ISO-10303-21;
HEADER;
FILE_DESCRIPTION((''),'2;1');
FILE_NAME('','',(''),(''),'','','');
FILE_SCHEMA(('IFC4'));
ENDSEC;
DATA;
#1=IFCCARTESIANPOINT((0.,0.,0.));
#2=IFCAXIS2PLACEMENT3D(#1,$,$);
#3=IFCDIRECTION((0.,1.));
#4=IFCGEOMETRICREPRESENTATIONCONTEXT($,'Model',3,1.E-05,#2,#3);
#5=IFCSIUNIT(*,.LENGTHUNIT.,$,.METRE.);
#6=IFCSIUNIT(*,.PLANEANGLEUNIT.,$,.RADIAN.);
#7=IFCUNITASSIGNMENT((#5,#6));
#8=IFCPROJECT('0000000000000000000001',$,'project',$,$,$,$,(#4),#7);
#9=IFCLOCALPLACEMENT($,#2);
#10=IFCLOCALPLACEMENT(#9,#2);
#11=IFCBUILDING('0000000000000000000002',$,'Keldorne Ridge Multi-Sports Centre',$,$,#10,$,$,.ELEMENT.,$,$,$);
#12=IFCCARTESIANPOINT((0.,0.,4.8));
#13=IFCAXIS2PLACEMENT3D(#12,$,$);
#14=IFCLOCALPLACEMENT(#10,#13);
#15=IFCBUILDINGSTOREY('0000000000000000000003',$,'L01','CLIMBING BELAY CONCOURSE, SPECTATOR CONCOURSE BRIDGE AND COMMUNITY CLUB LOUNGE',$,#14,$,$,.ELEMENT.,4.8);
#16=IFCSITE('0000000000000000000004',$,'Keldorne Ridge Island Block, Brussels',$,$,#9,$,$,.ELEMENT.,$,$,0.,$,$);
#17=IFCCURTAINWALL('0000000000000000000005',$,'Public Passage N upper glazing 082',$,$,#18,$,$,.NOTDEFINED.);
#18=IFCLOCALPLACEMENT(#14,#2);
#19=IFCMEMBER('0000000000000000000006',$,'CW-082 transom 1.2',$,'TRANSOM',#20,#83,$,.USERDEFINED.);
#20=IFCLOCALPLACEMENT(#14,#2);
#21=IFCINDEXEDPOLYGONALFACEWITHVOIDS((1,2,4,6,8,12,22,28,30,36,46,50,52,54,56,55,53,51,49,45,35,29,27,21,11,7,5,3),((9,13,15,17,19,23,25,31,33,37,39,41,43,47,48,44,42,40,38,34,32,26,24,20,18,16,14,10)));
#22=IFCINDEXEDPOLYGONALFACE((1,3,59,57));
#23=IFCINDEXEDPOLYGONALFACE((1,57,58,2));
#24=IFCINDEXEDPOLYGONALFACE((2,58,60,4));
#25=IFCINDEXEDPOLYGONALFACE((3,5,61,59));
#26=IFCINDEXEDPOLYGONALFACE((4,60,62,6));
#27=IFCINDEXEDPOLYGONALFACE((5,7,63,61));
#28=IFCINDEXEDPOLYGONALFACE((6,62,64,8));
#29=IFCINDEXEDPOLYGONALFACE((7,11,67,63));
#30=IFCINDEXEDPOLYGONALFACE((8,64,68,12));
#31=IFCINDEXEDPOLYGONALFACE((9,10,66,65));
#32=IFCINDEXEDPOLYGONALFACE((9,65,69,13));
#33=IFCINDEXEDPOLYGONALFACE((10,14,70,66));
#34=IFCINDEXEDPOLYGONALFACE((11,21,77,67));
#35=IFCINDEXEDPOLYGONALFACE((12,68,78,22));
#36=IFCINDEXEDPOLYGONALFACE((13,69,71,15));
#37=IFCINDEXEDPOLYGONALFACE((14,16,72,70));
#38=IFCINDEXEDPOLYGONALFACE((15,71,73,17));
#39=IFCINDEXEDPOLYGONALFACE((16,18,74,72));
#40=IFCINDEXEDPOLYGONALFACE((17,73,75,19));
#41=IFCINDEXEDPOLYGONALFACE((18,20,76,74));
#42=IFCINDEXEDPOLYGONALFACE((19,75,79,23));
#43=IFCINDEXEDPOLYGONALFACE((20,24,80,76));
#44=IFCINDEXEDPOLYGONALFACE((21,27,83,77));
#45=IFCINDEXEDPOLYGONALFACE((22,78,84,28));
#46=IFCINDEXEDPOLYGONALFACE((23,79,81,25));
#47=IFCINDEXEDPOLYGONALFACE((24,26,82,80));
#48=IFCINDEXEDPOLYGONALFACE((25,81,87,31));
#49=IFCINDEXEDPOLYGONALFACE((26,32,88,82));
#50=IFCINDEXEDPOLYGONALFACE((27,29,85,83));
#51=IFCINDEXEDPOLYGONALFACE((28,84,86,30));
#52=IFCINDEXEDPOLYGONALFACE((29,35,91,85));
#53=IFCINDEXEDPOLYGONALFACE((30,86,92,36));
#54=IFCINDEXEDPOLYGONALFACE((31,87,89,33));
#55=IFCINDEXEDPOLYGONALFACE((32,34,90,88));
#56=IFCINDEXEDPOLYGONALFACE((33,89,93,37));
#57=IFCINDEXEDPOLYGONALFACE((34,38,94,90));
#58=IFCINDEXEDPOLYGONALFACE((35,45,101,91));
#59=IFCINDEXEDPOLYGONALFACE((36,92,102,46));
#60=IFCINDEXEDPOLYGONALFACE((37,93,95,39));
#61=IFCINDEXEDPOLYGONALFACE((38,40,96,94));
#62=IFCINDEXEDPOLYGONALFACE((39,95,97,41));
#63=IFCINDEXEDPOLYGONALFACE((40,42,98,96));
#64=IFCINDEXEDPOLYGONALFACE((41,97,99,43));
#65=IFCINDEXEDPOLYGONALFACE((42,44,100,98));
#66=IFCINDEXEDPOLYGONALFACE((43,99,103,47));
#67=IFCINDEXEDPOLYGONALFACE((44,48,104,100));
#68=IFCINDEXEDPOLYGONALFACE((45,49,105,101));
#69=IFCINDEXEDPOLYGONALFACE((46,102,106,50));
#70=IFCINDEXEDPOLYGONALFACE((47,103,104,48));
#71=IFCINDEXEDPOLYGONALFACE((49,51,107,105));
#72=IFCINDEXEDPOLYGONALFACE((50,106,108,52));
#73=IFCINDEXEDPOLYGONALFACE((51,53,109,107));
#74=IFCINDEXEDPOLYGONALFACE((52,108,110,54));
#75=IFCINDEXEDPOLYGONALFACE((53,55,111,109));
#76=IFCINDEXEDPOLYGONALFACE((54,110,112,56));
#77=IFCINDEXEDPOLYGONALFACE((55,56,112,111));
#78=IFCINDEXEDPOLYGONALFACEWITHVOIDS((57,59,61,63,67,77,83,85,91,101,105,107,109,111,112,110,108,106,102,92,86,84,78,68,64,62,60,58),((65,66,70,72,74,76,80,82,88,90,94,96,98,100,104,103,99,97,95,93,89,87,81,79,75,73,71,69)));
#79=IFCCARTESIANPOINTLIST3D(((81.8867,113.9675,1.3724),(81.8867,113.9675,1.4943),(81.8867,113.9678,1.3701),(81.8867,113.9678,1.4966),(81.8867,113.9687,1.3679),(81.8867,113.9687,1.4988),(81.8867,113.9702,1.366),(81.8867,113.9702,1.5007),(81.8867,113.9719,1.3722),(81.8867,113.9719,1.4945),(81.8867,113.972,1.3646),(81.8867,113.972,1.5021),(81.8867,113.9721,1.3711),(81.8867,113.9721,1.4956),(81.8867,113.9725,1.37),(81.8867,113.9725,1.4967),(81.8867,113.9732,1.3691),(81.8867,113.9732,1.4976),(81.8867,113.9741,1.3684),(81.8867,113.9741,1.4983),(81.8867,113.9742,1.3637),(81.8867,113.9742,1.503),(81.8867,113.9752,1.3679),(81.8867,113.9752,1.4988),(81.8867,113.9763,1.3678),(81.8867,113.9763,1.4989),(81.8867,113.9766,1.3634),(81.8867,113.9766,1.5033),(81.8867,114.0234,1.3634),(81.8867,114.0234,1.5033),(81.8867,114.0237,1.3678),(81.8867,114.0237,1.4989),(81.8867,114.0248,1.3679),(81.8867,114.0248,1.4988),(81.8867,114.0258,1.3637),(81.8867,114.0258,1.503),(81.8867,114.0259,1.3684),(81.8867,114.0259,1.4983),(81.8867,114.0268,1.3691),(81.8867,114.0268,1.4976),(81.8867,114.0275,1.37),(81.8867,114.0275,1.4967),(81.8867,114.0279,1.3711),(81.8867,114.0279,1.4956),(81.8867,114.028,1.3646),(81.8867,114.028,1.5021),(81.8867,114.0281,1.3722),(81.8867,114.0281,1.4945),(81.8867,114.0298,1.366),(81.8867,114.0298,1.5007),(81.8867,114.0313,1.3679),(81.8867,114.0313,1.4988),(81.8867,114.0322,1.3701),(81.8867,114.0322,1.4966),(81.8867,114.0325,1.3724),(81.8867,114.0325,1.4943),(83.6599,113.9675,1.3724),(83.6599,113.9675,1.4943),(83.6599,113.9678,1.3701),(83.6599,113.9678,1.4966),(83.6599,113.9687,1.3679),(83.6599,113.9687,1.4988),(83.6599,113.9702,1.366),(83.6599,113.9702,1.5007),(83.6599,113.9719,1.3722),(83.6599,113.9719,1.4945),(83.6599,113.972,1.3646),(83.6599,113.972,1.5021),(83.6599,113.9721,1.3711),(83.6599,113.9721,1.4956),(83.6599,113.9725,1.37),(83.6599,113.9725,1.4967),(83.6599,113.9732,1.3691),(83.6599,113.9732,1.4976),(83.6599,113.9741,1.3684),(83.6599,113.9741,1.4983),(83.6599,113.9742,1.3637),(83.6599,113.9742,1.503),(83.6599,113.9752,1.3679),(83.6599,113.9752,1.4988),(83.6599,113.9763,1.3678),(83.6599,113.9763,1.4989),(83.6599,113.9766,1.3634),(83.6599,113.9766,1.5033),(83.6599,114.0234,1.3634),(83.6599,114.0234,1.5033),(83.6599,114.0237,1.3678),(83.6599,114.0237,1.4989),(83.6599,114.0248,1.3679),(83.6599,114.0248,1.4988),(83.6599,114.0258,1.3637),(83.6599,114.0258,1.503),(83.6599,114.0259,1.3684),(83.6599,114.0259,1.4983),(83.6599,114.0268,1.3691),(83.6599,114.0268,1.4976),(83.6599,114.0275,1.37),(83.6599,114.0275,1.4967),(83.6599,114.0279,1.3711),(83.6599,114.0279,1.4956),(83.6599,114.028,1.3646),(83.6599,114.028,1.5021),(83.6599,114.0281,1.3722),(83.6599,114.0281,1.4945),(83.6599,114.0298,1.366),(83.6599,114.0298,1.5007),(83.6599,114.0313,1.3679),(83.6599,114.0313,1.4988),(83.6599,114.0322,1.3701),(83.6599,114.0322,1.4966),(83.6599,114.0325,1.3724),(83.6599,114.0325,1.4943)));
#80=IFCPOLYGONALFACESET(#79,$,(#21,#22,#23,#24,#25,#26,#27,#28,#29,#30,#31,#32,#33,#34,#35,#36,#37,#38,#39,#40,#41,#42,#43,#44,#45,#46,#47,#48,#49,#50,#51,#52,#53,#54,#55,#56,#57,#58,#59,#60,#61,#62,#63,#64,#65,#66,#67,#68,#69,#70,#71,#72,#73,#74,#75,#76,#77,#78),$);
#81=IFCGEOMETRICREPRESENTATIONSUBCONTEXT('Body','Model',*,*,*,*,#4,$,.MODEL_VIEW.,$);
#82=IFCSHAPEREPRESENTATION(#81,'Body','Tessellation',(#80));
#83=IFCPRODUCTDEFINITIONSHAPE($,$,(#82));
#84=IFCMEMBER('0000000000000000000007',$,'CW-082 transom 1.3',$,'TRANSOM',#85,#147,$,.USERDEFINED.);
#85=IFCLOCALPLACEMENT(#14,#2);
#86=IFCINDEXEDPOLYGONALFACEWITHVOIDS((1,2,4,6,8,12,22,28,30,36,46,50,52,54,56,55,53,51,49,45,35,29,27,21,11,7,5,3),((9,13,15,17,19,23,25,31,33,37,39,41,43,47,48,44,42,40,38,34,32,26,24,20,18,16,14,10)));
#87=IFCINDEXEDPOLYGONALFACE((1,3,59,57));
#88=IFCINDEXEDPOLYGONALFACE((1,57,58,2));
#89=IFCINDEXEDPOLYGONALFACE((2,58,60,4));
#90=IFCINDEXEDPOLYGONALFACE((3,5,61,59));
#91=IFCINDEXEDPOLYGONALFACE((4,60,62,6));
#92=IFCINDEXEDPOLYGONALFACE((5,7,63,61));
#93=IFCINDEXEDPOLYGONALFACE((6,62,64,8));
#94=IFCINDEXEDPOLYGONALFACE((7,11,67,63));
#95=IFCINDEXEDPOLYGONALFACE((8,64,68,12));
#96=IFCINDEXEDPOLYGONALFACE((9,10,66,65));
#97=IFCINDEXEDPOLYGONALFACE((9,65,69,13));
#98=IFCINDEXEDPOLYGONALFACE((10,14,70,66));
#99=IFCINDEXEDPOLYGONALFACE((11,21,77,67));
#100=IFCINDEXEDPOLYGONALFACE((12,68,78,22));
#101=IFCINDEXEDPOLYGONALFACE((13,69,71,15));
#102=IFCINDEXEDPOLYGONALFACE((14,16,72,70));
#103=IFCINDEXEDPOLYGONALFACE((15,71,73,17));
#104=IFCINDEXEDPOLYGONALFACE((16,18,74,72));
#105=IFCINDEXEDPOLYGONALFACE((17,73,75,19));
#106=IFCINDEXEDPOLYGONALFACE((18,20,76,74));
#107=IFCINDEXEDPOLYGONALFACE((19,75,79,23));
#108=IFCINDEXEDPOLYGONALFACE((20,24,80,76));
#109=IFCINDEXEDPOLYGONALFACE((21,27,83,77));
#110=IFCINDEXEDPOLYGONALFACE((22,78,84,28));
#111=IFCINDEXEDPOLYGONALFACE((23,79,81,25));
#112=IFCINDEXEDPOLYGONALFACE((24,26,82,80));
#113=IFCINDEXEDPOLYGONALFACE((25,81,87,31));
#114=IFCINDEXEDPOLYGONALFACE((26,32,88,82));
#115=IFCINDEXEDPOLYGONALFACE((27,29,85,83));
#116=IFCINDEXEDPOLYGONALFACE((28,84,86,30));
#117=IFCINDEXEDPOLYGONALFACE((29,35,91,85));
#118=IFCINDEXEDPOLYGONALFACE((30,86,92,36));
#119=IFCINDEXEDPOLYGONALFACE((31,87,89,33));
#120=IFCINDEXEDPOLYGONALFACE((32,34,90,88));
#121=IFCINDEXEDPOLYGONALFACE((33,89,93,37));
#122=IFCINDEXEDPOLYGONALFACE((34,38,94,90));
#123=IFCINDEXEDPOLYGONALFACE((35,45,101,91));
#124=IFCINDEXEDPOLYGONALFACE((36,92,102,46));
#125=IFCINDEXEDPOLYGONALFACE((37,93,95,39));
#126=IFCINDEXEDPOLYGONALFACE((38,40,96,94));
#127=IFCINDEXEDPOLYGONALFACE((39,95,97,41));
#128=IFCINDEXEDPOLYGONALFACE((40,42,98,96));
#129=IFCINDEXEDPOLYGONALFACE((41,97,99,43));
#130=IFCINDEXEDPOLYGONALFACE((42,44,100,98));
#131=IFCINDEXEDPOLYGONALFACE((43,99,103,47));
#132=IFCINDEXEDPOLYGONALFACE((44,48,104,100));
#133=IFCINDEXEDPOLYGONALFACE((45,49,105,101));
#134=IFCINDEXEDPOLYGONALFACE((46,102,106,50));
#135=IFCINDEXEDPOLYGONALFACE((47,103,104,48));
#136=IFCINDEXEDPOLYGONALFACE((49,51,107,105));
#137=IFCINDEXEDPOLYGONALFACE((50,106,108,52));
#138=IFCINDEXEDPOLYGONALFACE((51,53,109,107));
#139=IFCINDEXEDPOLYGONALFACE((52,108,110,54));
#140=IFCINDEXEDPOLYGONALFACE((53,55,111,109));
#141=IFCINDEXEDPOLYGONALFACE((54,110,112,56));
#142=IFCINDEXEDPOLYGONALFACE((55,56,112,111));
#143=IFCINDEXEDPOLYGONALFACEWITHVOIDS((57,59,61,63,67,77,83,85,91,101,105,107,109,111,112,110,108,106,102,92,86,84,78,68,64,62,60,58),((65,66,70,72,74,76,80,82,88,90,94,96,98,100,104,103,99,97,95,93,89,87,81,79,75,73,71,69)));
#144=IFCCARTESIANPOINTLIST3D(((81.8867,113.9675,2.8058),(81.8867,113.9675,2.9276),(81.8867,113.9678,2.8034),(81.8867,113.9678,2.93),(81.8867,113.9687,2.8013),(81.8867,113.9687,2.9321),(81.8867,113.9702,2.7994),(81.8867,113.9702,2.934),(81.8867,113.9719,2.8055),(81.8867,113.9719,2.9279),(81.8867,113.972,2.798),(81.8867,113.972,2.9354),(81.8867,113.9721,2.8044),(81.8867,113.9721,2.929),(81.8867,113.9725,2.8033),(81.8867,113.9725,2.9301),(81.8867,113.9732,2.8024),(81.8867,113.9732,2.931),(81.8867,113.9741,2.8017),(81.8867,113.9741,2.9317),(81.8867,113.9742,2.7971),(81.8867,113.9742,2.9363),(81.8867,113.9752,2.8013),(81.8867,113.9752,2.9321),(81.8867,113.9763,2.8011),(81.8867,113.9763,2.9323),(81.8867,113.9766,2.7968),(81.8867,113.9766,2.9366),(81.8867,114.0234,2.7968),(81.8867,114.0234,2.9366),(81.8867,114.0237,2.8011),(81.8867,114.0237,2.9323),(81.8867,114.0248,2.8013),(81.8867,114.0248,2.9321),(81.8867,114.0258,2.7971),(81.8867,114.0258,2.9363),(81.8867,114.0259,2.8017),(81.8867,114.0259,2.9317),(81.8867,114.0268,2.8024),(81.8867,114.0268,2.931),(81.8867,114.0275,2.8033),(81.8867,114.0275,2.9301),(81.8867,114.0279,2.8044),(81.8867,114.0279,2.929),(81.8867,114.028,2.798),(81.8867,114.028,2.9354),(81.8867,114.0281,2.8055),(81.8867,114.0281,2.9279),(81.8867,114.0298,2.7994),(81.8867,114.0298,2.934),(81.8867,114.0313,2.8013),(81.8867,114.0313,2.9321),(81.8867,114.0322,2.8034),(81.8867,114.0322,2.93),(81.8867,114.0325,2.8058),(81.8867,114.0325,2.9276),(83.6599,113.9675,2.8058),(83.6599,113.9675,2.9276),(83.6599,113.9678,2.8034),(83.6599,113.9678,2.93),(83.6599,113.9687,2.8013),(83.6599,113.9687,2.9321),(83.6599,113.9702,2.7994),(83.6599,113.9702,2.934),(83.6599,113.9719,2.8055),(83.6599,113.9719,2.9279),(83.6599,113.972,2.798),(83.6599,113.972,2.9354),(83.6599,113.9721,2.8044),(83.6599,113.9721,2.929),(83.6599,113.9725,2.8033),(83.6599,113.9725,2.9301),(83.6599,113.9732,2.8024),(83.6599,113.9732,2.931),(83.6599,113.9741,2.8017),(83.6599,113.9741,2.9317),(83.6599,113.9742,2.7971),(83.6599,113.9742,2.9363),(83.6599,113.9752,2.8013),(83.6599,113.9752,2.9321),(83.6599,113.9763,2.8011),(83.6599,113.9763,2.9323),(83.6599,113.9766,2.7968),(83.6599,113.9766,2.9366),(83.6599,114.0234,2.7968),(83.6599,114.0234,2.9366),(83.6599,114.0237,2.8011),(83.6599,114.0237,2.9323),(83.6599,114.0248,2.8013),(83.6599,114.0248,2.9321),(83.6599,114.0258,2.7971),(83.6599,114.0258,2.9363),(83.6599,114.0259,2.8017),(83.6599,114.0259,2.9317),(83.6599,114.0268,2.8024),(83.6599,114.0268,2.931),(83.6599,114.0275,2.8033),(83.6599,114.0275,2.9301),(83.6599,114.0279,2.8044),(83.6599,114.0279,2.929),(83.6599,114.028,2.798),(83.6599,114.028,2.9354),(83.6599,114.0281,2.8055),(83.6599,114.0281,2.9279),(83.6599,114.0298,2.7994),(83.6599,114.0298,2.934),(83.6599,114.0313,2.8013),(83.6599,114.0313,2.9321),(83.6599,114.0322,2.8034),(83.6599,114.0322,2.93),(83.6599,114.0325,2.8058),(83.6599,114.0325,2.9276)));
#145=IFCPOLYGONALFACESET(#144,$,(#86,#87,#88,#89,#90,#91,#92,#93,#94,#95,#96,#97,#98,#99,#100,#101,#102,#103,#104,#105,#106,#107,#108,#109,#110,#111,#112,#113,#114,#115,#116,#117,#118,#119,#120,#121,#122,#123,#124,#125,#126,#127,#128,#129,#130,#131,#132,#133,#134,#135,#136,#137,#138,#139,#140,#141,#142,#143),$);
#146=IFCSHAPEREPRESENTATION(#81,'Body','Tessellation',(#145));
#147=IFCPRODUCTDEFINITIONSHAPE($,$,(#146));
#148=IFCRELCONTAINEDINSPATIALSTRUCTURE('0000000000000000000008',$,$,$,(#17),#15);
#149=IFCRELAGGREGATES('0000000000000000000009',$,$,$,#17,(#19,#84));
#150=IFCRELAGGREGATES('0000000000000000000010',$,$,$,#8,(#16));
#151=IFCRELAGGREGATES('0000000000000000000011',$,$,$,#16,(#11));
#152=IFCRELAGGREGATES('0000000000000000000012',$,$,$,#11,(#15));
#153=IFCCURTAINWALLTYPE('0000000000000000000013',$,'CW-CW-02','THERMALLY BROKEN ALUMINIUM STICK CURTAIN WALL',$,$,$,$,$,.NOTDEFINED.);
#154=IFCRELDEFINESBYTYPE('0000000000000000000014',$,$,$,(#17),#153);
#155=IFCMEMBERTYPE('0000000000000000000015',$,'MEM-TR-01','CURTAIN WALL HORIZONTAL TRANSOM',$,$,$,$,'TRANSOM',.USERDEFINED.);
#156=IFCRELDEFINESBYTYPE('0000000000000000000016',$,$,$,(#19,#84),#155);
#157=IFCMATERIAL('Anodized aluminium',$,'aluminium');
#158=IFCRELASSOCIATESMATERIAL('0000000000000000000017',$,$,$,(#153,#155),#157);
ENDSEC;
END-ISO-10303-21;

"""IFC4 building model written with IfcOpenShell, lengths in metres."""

from ifc_helpers import new_model, si_unit, direction, frame, origin, origin_2d, place, context, subcontext, project, spatial, hollow_rectangle, extrude, material, material_profile, profile_set, type_object, element, aggregate, save


model = new_model("IFC4")

# Units and contexts
model_context = context("Model", 3, precision=1e-05, world=origin(), true_north=direction((0.0, 1.0)))
body_context = subcontext(model_context, "Body", "Model", "MODEL_VIEW")
ifc_project = project(units=[si_unit("LENGTHUNIT", "METRE"), si_unit("PLANEANGLEUNIT", "RADIAN")], contexts=[model_context])

# Site, building, storey
site_placement = place(None, origin())
site = spatial("IfcSite", under=ifc_project, at=site_placement, Name="Keldorne Ridge Island Block, Brussels", CompositionType="ELEMENT", RefElevation=0.0)
building_placement = place(site_placement, origin())
building = spatial("IfcBuilding", under=site, at=building_placement, Name="Keldorne Ridge Multi-Sports Centre", CompositionType="ELEMENT")
storey_placement = place(building_placement, frame((0.0, 0.0, 4.8)))
storey = spatial("IfcBuildingStorey", under=building, at=storey_placement, Name="L01", Description="CLIMBING BELAY CONCOURSE, SPECTATOR CONCOURSE BRIDGE AND COMMUNITY CLUB LOUNGE", CompositionType="ELEMENT", Elevation=4.8)

# Curtain wall, members
ifc_material_1 = material(Name="Anodized aluminium", Category="aluminium")
curtain_wall_type = type_object("IfcCurtainWallType", Name="CW-CW-02", Description="THERMALLY BROKEN ALUMINIUM STICK CURTAIN WALL", PredefinedType="NOTDEFINED", material=ifc_material_1)
curtain_wall_placement = place(storey_placement, origin())
curtain_wall = element("IfcCurtainWall", 1, at=curtain_wall_placement, inside=storey, type_object=curtain_wall_type, Name="Public Passage N upper glazing 082", PredefinedType="NOTDEFINED")
ifc_material_profile_1 = material_profile(ifc_material_1, hollow_rectangle(XDim=0.0649, YDim=0.1399, WallThickness=0.0044, InnerFilletRadius=0.0044, OuterFilletRadius=0.009, at=origin_2d()), Name="ALU TRANSOM 140x65x4.5")
ifc_profile_set_1 = profile_set([ifc_material_profile_1], Name="Anodized aluminium")
member_type_1 = type_object("IfcMemberType", Name="MEM-TR-01", Description="CURTAIN WALL HORIZONTAL TRANSOM", ElementType="TRANSOM", PredefinedType="USERDEFINED", material=ifc_profile_set_1)
member_1_placement = place(storey_placement, frame((83.6599, 114.0, 1.4333), z_axis=(-1.0, 0.0, 0.0), x_axis=(0.0, -1.0, 0.0)))
member_1 = element("IfcMember", 2, at=member_1_placement, type_object=member_type_1, Name="CW-082 transom 1.2", ObjectType="TRANSOM", PredefinedType="USERDEFINED", context=body_context, shape_type="SweptSolid", body=[
    extrude(hollow_rectangle(XDim=0.0649, YDim=0.1399, WallThickness=0.0044, InnerFilletRadius=0.0044, OuterFilletRadius=0.009, at=origin_2d()), origin(), (0.0, 0.0, 1.0), 1.7732),
])
member_2_placement = place(storey_placement, frame((83.6599, 114.0, 2.8667), z_axis=(-1.0, 0.0, 0.0), x_axis=(0.0, -1.0, 0.0)))
member_2 = element("IfcMember", 3, at=member_2_placement, type_object=member_type_1, Name="CW-082 transom 1.3", ObjectType="TRANSOM", PredefinedType="USERDEFINED", context=body_context, shape_type="SweptSolid", body=[
    extrude(hollow_rectangle(XDim=0.0649, YDim=0.1399, WallThickness=0.0044, InnerFilletRadius=0.0044, OuterFilletRadius=0.009, at=origin_2d()), origin(), (0.0, 0.0, 1.0), 1.7732),
])
aggregate(curtain_wall, [member_1, member_2])

save(model, "model.ifc")
